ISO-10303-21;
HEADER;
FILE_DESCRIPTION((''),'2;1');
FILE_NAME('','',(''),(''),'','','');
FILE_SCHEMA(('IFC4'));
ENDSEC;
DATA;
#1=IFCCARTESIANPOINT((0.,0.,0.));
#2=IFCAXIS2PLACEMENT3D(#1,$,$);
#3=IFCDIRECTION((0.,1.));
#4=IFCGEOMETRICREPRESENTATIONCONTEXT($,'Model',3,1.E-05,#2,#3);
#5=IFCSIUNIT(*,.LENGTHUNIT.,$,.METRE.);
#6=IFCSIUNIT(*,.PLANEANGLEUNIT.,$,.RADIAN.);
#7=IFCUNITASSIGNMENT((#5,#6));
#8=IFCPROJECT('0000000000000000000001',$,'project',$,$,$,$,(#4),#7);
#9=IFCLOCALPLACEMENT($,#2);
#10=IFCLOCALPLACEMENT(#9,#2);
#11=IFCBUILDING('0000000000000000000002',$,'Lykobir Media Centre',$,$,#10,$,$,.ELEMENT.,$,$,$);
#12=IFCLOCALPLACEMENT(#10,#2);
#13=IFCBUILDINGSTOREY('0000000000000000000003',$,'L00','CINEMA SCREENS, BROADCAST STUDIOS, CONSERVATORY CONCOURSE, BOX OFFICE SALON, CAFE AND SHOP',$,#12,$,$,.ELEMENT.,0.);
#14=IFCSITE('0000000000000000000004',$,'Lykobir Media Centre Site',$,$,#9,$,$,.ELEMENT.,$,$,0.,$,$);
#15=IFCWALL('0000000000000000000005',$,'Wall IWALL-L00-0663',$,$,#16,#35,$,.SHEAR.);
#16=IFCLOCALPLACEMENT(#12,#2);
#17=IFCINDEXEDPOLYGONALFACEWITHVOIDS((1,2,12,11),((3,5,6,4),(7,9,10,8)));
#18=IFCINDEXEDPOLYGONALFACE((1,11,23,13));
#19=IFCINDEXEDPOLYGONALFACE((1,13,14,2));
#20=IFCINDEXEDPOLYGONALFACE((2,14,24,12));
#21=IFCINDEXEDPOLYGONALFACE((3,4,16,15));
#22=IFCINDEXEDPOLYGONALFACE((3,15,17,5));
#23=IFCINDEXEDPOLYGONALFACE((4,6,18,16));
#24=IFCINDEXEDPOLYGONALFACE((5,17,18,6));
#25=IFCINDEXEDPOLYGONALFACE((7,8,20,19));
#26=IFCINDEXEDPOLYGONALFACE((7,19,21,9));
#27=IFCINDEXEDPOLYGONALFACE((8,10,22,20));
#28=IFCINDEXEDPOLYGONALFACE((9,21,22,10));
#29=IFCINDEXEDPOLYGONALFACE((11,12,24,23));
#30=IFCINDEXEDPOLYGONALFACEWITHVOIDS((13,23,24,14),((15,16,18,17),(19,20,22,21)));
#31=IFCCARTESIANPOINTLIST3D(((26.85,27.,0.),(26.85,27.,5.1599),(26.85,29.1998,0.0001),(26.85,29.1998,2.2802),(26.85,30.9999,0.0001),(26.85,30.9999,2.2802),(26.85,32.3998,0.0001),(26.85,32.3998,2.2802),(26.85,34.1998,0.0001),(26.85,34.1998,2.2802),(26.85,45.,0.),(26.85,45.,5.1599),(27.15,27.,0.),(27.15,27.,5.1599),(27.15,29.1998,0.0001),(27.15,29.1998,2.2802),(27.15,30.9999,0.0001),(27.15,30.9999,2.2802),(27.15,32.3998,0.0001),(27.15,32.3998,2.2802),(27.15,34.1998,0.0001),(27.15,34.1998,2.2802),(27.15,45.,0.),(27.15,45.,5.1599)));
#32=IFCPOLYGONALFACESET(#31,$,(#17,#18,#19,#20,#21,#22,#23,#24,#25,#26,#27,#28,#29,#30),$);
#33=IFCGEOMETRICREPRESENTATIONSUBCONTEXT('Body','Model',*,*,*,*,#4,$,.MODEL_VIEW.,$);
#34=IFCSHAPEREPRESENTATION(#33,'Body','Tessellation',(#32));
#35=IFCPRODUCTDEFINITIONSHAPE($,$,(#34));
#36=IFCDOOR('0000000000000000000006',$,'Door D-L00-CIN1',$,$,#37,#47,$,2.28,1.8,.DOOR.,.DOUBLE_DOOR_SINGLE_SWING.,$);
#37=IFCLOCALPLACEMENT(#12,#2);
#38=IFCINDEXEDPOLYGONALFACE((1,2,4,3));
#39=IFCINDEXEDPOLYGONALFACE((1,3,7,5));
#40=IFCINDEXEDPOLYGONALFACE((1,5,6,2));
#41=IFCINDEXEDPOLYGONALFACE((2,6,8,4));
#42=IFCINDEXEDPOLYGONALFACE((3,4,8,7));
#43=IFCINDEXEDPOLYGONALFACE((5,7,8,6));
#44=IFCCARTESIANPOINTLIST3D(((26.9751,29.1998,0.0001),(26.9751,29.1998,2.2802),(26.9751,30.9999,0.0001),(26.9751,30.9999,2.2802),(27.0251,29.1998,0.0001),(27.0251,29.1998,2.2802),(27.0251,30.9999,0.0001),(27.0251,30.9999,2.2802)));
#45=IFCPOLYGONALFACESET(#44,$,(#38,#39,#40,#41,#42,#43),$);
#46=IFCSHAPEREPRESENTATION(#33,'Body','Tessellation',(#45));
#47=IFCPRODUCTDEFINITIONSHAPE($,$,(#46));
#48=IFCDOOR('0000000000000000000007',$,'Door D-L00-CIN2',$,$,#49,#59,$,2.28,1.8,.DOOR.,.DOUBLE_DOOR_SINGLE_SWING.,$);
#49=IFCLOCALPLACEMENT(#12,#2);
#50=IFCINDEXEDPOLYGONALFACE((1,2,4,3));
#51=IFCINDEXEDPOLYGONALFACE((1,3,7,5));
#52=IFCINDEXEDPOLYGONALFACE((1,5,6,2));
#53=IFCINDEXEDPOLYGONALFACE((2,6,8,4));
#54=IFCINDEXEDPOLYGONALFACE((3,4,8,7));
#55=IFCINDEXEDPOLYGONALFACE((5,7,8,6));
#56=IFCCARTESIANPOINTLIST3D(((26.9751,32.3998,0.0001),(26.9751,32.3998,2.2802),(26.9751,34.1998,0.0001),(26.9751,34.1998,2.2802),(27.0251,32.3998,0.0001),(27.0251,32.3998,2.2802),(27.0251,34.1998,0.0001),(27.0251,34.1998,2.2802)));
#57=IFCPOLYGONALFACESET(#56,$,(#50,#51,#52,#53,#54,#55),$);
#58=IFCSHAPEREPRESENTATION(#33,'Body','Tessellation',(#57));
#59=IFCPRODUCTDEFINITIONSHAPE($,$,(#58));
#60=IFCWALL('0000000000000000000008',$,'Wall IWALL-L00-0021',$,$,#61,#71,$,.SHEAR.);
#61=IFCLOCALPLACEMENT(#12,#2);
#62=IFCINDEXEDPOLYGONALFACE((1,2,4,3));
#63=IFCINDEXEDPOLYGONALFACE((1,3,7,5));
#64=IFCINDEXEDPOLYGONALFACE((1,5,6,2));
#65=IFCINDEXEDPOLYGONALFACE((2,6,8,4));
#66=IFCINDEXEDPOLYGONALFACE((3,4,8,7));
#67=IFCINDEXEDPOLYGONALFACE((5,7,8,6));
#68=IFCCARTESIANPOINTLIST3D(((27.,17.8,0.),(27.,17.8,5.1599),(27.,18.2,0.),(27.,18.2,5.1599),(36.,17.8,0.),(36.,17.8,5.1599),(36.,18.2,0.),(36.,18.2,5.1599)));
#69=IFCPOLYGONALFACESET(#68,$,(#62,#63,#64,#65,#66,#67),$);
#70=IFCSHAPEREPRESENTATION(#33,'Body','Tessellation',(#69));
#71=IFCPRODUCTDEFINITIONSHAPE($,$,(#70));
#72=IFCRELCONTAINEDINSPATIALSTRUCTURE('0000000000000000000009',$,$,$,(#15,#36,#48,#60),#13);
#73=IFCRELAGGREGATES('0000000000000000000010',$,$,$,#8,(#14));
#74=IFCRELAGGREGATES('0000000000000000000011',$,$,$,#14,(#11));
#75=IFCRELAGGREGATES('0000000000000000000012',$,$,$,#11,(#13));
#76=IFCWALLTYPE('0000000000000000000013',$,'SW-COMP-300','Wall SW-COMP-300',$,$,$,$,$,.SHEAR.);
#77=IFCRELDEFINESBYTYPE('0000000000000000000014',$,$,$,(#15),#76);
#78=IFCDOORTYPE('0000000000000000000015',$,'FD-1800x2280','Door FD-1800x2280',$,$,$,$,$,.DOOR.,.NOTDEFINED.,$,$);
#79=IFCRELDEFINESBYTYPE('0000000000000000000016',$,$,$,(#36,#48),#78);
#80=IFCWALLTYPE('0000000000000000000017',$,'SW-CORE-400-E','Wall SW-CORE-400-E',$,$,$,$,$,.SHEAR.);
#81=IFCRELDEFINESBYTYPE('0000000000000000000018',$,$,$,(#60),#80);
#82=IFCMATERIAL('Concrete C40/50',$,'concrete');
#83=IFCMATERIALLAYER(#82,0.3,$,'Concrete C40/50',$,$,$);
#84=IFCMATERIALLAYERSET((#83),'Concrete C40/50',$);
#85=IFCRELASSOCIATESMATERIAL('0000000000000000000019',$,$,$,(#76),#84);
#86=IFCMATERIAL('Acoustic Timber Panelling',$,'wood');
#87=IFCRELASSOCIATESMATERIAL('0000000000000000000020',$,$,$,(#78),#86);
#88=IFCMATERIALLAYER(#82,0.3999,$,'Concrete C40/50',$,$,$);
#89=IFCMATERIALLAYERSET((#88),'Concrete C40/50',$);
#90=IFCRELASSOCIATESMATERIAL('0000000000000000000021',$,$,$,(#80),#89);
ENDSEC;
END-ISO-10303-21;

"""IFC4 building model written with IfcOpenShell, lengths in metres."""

from ifc_helpers import new_model, si_unit, direction, frame, frame_2d, origin, place, context, subcontext, project, spatial, rectangle, extrude, material, layer, layer_set, type_object, element, fill, save


model = new_model("IFC4")

# Units and contexts
model_context = context("Model", 3, precision=1e-05, world=origin(), true_north=direction((0.0, 1.0)))
body_context = subcontext(model_context, "Body", "Model", "MODEL_VIEW")
ifc_project = project(units=[si_unit("LENGTHUNIT", "METRE"), si_unit("PLANEANGLEUNIT", "RADIAN")], contexts=[model_context])

# Site, building, storey
site_placement = place(None, origin())
site = spatial("IfcSite", under=ifc_project, at=site_placement, Name="Lykobir Media Centre Site", CompositionType="ELEMENT", RefElevation=0.0)
building_placement = place(site_placement, origin())
building = spatial("IfcBuilding", under=site, at=building_placement, Name="Lykobir Media Centre", CompositionType="ELEMENT")
storey_placement = place(building_placement, origin())
storey = spatial("IfcBuildingStorey", under=building, at=storey_placement, Name="L00", Description="CINEMA SCREENS, BROADCAST STUDIOS, CONSERVATORY CONCOURSE, BOX OFFICE SALON, CAFE AND SHOP", CompositionType="ELEMENT", Elevation=0.0)

# Shared definitions
ifc_material_1 = material(Name="Acoustic Timber Panelling", Category="wood")

# Wall, openings, doors
ifc_material_2 = material(Name="Concrete C40/50", Category="concrete")
ifc_layer_1 = layer(ifc_material_2, 0.3, Name="Concrete C40/50")
ifc_layer_set_1 = layer_set([ifc_layer_1], Name="Concrete C40/50")
wall_type_1 = type_object("IfcWallType", Name="SW-COMP-300", Description="Wall SW-COMP-300", PredefinedType="SHEAR", material=ifc_layer_set_1)
wall_1_placement = place(storey_placement, frame((27.0, 27.0, 0.0), z_axis=(0.0, 0.0, 1.0), x_axis=(0.0, 1.0, 0.0)))
wall_1 = element("IfcWall", 1, at=wall_1_placement, inside=storey, type_object=wall_type_1, Name="Wall IWALL-L00-0663", PredefinedType="SHEAR", context=body_context, shape_type="SweptSolid", body=[
    extrude(rectangle(XDim=18.0, YDim=0.3, at=frame_2d((9.0, 0.0))), origin(), (0.0, 0.0, 1.0), 5.1599),
])
opening_1_placement = place(wall_1_placement, frame((2.2, 0.0, 0.0)))
opening_1 = element("IfcOpeningElement", 2, at=opening_1_placement, cuts=wall_1, PredefinedType="OPENING", context=body_context, shape_type="SweptSolid", body=[
    extrude(rectangle(XDim=1.8, YDim=2.28, at=frame_2d((0.8999, 1.1401))), frame((0.0, 0.1599, 0.0), z_axis=(0.0, -1.0, 0.0), x_axis=(1.0, 0.0, 0.0)), (0.0, 0.0, 1.0), 0.3201),
])
opening_2_placement = place(wall_1_placement, frame((5.3999, 0.0, 0.0)))
opening_2 = element("IfcOpeningElement", 3, at=opening_2_placement, cuts=wall_1, PredefinedType="OPENING", context=body_context, shape_type="SweptSolid", body=[
    extrude(rectangle(XDim=1.8, YDim=2.28, at=frame_2d((0.8999, 1.1401))), frame((0.0, 0.1599, 0.0), z_axis=(0.0, -1.0, 0.0), x_axis=(1.0, 0.0, 0.0)), (0.0, 0.0, 1.0), 0.3201),
])
door_type_1 = type_object("IfcDoorType", Name="FD-1800x2280", Description="Door FD-1800x2280", OperationType="NOTDEFINED", PredefinedType="DOOR", material=ifc_material_1)
door_1_placement = place(opening_1_placement, origin())
door_1 = element("IfcDoor", 4, at=door_1_placement, inside=storey, type_object=door_type_1, Name="Door D-L00-CIN1", OperationType="DOUBLE_DOOR_SINGLE_SWING", OverallHeight=2.28, OverallWidth=1.8, PredefinedType="DOOR", context=body_context, shape_type="SweptSolid", body=[
    extrude(rectangle(XDim=1.8, YDim=2.28, at=frame_2d((0.8999, 1.1401))), frame((0.0, 0.0249, 0.0), z_axis=(0.0, -1.0, 0.0), x_axis=(1.0, 0.0, 0.0)), (0.0, 0.0, 1.0), 0.05),
])
fill(opening_1, door_1)
door_2_placement = place(opening_2_placement, origin())
door_2 = element("IfcDoor", 5, at=door_2_placement, inside=storey, type_object=door_type_1, Name="Door D-L00-CIN2", OperationType="DOUBLE_DOOR_SINGLE_SWING", OverallHeight=2.28, OverallWidth=1.8, PredefinedType="DOOR", context=body_context, shape_type="SweptSolid", body=[
    extrude(rectangle(XDim=1.8, YDim=2.28, at=frame_2d((0.8999, 1.1401))), frame((0.0, 0.0249, 0.0), z_axis=(0.0, -1.0, 0.0), x_axis=(1.0, 0.0, 0.0)), (0.0, 0.0, 1.0), 0.05),
])
fill(opening_2, door_2)

# Wall
ifc_layer_2 = layer(ifc_material_2, 0.3999, Name="Concrete C40/50")
ifc_layer_set_2 = layer_set([ifc_layer_2], Name="Concrete C40/50")
wall_type_2 = type_object("IfcWallType", Name="SW-CORE-400-E", Description="Wall SW-CORE-400-E", PredefinedType="SHEAR", material=ifc_layer_set_2)
wall_2_placement = place(storey_placement, frame((36.0, 18.0, 0.0), z_axis=(0.0, 0.0, 1.0), x_axis=(-1.0, 0.0, 0.0)))
element("IfcWall", 6, at=wall_2_placement, inside=storey, type_object=wall_type_2, Name="Wall IWALL-L00-0021", PredefinedType="SHEAR", context=body_context, shape_type="SweptSolid", body=[
    extrude(rectangle(XDim=9.0, YDim=0.3999, at=frame_2d((4.5, 0.0))), origin(), (0.0, 0.0, 1.0), 5.1599),
])

save(model, "model.ifc")
